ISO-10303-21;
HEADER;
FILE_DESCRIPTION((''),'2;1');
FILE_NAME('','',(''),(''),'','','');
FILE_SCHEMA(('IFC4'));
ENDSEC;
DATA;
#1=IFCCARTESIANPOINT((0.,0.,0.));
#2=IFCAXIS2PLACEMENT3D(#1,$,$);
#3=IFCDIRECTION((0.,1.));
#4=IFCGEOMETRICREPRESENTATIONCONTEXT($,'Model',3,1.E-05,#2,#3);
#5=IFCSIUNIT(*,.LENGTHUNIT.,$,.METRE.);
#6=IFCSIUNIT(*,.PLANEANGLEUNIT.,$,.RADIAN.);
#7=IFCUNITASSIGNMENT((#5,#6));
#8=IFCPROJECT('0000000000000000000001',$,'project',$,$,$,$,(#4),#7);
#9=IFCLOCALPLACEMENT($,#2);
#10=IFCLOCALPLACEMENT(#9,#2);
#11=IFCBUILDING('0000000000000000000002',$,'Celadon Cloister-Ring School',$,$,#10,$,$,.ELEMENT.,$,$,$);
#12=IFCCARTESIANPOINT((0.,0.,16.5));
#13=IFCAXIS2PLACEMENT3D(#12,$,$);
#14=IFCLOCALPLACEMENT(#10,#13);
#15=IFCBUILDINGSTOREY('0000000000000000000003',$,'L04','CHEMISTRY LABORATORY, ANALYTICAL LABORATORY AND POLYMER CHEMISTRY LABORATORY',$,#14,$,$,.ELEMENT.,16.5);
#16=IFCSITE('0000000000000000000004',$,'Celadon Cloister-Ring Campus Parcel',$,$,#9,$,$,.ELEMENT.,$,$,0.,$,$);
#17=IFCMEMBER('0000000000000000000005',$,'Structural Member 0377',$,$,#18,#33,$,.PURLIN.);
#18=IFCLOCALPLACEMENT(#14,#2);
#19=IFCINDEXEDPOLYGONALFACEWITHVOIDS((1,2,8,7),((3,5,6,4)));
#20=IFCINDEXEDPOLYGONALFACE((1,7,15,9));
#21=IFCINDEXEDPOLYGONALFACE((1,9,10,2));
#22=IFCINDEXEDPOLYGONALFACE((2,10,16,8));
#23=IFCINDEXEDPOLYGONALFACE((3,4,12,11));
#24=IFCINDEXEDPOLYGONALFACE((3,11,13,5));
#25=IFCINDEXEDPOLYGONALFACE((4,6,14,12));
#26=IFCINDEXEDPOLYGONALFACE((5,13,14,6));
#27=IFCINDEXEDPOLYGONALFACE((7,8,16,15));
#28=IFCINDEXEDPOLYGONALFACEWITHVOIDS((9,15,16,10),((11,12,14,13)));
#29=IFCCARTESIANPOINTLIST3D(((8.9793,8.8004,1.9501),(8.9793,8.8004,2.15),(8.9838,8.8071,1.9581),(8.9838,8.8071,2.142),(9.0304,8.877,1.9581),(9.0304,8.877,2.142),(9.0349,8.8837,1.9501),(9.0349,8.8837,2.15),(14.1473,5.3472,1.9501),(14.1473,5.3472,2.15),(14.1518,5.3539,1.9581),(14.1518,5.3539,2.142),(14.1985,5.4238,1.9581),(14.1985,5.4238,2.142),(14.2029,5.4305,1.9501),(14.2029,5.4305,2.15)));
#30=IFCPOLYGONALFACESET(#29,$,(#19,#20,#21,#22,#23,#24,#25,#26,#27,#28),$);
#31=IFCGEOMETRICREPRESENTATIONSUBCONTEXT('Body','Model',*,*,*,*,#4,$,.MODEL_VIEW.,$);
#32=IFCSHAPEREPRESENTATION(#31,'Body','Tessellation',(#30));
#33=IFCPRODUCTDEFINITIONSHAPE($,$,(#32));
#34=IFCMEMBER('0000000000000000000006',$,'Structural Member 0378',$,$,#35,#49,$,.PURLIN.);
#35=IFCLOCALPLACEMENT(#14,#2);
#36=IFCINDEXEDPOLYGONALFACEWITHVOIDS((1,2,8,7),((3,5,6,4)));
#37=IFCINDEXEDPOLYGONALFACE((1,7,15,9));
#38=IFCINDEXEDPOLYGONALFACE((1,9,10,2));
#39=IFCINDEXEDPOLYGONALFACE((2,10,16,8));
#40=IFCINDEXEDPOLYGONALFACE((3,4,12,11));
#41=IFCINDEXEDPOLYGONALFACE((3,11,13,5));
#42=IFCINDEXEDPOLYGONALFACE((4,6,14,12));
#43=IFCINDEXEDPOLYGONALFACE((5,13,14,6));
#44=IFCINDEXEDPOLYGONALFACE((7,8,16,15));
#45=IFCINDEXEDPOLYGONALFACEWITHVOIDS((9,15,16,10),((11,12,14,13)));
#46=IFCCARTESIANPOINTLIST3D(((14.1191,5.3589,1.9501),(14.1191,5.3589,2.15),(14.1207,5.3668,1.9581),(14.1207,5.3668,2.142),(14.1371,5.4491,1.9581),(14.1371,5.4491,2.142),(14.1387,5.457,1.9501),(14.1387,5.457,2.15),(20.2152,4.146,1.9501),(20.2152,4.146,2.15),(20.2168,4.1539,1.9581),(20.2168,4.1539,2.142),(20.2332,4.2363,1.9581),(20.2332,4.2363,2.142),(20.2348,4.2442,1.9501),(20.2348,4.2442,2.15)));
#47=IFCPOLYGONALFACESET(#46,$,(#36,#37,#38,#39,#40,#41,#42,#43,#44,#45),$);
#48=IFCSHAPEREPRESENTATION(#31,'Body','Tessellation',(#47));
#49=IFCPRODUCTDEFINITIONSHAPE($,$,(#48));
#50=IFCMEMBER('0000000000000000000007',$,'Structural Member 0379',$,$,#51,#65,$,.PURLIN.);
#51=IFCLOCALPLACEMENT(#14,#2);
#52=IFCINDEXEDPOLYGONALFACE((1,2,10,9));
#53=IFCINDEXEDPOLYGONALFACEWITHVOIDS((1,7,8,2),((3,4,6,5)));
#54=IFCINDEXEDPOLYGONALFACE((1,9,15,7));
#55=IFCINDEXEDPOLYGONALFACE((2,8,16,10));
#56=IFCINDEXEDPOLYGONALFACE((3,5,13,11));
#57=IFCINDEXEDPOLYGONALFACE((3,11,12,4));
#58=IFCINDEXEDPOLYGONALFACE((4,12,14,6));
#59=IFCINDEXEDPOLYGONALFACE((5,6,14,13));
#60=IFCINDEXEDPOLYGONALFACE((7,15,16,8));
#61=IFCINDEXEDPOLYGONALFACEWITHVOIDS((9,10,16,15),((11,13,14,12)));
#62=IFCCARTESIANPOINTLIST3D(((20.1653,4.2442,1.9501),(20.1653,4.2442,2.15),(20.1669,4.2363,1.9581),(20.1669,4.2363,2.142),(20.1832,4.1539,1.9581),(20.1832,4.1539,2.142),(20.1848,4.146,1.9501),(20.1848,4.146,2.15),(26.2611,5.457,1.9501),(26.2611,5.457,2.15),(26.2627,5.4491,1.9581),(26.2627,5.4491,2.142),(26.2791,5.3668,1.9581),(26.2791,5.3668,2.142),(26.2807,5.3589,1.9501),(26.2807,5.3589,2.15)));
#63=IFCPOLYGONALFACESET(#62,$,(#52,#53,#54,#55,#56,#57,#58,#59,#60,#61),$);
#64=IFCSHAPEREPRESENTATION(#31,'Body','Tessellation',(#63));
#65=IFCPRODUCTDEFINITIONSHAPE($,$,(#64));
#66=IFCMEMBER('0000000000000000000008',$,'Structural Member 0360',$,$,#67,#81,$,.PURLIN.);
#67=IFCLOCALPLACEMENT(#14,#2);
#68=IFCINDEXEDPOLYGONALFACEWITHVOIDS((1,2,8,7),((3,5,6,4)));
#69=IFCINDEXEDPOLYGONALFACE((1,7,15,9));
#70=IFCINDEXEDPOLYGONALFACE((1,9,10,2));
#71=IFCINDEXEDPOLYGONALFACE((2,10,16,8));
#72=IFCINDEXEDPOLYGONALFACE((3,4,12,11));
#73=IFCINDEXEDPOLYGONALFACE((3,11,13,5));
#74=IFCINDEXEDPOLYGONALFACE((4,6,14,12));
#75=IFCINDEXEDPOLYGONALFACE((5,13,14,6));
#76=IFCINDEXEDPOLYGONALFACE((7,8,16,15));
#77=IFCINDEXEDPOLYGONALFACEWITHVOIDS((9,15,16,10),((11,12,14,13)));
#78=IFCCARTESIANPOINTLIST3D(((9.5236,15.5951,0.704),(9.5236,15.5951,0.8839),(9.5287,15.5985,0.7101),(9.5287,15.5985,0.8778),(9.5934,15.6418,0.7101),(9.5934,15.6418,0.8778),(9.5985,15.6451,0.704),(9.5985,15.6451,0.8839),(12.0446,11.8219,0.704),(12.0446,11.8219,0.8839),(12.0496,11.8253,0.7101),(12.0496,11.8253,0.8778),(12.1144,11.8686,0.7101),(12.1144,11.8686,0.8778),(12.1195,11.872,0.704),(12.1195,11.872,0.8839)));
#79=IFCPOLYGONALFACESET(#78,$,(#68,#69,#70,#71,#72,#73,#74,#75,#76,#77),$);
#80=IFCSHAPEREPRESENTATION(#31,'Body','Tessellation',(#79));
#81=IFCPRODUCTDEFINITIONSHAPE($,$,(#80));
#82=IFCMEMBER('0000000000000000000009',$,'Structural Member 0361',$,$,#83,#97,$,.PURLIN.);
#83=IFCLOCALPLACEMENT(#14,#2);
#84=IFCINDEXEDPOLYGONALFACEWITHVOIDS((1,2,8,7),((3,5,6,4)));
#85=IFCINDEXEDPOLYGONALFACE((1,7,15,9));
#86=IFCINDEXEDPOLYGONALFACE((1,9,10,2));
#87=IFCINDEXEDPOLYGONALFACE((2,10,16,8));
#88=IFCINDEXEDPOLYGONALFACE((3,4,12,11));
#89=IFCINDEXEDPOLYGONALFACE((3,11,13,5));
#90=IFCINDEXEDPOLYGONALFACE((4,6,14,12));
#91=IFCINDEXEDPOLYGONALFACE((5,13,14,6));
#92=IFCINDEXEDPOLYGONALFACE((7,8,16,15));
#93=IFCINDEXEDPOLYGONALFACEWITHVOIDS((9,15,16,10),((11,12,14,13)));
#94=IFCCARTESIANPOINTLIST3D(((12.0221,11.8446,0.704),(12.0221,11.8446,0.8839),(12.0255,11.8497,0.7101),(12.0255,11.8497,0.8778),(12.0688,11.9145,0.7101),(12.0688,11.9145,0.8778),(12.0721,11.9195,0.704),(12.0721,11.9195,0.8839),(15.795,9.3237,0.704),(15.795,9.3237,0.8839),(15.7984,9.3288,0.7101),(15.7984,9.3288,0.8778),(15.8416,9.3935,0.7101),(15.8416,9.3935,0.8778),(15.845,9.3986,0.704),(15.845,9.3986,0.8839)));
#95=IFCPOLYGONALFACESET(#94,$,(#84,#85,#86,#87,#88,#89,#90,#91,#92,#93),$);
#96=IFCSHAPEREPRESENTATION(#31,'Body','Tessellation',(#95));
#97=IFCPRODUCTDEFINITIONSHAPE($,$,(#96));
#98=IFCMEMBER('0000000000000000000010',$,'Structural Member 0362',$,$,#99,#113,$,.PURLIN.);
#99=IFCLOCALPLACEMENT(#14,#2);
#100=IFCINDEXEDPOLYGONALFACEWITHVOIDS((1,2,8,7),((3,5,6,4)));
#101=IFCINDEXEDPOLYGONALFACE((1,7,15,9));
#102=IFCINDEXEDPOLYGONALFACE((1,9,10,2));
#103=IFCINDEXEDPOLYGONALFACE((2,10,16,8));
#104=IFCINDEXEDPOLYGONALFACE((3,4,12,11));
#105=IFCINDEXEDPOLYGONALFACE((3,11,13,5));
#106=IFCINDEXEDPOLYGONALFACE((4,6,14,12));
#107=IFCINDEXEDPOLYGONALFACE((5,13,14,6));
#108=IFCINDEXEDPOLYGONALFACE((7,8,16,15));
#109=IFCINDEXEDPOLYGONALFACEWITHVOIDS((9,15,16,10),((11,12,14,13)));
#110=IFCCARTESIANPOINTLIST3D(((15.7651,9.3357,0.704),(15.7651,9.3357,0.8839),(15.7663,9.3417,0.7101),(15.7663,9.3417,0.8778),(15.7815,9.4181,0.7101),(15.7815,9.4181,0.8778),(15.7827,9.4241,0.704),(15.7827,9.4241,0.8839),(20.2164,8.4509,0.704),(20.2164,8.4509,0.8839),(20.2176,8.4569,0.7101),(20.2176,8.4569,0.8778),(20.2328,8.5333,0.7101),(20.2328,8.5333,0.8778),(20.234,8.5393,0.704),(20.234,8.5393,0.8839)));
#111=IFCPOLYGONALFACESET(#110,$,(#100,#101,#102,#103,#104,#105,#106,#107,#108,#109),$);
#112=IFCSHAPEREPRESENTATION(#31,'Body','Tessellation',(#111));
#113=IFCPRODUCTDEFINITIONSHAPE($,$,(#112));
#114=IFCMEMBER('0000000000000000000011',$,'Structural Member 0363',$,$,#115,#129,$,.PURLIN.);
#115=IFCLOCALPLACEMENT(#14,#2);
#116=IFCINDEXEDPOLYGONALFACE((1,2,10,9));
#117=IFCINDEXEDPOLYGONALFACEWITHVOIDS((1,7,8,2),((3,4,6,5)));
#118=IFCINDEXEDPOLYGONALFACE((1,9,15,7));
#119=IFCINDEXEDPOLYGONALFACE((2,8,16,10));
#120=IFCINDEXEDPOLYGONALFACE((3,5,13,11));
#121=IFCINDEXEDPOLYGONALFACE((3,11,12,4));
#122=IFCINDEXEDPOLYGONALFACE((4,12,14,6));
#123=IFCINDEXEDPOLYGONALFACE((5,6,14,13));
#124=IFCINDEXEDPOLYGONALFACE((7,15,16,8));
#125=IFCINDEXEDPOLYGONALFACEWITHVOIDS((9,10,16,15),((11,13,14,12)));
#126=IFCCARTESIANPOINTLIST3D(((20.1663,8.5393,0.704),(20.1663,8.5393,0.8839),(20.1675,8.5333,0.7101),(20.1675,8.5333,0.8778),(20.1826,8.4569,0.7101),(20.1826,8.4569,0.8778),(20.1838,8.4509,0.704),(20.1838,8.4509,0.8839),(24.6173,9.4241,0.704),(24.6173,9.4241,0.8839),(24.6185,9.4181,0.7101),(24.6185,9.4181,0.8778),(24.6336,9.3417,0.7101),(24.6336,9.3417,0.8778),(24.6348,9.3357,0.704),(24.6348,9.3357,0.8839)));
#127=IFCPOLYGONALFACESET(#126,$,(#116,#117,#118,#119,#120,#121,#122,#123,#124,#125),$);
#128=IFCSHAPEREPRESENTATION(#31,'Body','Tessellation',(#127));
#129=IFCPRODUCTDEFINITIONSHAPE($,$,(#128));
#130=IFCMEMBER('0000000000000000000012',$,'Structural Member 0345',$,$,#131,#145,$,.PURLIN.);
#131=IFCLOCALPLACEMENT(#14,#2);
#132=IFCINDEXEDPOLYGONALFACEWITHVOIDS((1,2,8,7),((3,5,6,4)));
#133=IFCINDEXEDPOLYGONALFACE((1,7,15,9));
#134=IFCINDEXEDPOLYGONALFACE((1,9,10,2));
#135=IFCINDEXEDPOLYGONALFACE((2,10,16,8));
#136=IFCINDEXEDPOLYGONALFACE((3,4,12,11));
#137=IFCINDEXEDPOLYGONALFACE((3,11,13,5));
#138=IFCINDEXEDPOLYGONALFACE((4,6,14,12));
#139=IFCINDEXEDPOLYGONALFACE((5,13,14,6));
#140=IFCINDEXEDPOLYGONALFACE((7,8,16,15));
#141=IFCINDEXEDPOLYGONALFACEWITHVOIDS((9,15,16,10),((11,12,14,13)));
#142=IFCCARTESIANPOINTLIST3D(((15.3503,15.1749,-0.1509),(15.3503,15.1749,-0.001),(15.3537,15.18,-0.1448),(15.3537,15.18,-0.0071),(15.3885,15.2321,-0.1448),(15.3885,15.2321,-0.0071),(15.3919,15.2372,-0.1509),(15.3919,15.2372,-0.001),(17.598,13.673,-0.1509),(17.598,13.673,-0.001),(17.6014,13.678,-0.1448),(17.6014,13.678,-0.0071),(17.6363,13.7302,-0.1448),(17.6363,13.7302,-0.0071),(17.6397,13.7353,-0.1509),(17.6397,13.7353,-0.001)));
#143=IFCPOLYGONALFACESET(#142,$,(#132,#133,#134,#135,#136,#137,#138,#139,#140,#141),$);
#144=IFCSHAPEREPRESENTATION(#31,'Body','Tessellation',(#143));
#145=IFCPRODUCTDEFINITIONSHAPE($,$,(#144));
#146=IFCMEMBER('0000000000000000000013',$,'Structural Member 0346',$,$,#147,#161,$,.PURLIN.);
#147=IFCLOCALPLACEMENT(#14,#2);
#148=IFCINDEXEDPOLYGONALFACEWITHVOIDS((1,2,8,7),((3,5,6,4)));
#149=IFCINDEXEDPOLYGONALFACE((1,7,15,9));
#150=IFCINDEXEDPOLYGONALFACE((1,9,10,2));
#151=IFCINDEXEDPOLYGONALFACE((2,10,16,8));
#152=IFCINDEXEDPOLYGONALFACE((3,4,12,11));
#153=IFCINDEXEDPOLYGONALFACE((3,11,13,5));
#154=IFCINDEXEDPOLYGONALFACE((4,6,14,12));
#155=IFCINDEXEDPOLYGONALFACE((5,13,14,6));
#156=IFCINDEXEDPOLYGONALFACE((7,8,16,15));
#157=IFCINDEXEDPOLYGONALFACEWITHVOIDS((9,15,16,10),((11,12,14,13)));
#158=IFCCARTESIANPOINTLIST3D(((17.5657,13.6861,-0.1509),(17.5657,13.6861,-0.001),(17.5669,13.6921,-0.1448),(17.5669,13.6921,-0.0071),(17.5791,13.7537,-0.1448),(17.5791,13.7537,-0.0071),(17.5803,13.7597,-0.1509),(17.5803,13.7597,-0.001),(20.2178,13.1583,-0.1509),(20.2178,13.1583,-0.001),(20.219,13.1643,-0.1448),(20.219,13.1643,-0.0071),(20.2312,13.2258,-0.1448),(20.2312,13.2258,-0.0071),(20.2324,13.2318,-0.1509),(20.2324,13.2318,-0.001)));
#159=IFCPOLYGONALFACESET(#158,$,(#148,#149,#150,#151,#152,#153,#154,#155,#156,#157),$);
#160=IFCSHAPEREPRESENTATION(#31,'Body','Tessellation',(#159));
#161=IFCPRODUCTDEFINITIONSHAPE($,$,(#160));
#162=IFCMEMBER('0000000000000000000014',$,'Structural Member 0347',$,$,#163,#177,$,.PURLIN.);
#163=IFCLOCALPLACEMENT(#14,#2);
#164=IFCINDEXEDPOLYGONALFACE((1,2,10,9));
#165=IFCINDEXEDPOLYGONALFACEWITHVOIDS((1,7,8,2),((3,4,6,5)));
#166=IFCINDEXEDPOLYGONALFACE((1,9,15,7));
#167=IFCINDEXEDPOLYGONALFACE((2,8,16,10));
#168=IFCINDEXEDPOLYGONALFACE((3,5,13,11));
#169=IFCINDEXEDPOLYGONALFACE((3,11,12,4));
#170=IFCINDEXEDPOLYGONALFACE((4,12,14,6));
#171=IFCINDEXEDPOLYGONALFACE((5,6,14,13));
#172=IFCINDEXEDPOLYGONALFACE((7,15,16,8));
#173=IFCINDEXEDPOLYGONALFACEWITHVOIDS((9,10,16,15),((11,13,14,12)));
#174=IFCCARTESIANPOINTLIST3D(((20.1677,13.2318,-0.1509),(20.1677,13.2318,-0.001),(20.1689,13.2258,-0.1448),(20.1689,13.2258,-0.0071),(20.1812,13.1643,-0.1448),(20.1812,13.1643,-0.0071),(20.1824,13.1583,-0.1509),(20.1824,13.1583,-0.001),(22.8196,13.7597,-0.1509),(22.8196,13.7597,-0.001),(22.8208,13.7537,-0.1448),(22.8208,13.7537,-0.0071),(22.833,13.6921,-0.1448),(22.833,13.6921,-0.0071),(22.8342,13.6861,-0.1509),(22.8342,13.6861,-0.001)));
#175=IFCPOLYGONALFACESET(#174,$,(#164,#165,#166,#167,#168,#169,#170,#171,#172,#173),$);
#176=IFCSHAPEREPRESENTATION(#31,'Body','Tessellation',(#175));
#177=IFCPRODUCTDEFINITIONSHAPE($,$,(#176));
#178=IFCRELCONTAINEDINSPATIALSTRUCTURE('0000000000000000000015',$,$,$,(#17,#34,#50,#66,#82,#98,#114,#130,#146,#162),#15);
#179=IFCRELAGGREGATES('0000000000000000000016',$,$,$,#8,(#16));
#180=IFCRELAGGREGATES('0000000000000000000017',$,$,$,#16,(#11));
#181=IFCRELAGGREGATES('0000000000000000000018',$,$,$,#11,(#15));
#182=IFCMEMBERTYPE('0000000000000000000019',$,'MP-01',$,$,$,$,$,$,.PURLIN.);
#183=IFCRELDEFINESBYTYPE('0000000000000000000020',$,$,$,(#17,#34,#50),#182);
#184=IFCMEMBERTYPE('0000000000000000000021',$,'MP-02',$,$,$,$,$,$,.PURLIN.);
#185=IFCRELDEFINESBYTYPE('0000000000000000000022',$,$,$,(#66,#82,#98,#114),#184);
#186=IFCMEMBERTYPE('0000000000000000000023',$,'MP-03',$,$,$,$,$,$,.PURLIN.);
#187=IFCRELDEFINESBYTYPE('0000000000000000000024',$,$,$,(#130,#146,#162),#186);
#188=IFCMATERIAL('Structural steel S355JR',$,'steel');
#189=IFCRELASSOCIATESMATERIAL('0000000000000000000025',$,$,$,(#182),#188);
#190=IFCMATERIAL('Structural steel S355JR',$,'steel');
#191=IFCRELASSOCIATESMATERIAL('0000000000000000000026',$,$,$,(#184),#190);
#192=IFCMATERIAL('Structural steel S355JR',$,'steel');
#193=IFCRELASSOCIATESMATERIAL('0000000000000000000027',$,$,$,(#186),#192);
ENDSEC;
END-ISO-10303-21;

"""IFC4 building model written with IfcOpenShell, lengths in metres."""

from ifc_helpers import new_model, si_unit, direction, frame, origin, origin_2d, place, context, subcontext, project, spatial, hollow_rectangle, extrude, material, material_profile, profile_set, type_object, element, save


model = new_model("IFC4")

# Units and contexts
model_context = context("Model", 3, precision=1e-05, world=origin(), true_north=direction((0.0, 1.0)))
body_context = subcontext(model_context, "Body", "Model", "MODEL_VIEW")
ifc_project = project(units=[si_unit("LENGTHUNIT", "METRE"), si_unit("PLANEANGLEUNIT", "RADIAN")], contexts=[model_context])

# Site, building, storey
site_placement = place(None, origin())
site = spatial("IfcSite", under=ifc_project, at=site_placement, Name="Celadon Cloister-Ring Campus Parcel", CompositionType="ELEMENT", RefElevation=0.0)
building_placement = place(site_placement, origin())
building = spatial("IfcBuilding", under=site, at=building_placement, Name="Celadon Cloister-Ring School", CompositionType="ELEMENT")
storey_placement = place(building_placement, frame((0.0, 0.0, 16.5)))
storey = spatial("IfcBuildingStorey", under=building, at=storey_placement, Name="L04", Description="CHEMISTRY LABORATORY, ANALYTICAL LABORATORY AND POLYMER CHEMISTRY LABORATORY", CompositionType="ELEMENT", Elevation=16.5)

# Members
ifc_material_1 = material(Name="Structural steel S355JR", Category="steel")
ifc_material_profile_1 = material_profile(ifc_material_1, hollow_rectangle(XDim=0.1001, YDim=0.2, WallThickness=0.0081, at=origin_2d()), Name="HSS200X100X8")
ifc_profile_set_1 = profile_set([ifc_material_profile_1], Name="Structural steel S355JR")
member_type_1 = type_object("IfcMemberType", Name="MP-01", PredefinedType="PURLIN", material=ifc_profile_set_1)
for number, where, z_axis, x_axis, name in (
    (1, (9.0071, 8.842, 2.05), (0.83147, -0.55557, 0.0), (0.55557, 0.83147, 0.0), "Structural Member 0377"),
    (2, (14.1289, 5.408, 2.05), (0.980777, -0.195134, 0.0), (0.195134, 0.980777, 0.0), "Structural Member 0378"),
):
    element("IfcMember", number, at=place(storey_placement, frame(where, z_axis=z_axis, x_axis=x_axis)), inside=storey, type_object=member_type_1, Name=name, PredefinedType="PURLIN", context=body_context, shape_type="SweptSolid", body=[
        extrude(hollow_rectangle(XDim=0.1001, YDim=0.2, WallThickness=0.0081, at=origin_2d()), origin(), (0.0, 0.0, 1.0), 6.2156),
    ])
member_1_placement = place(storey_placement, frame((20.175, 4.1951, 2.05), z_axis=(0.980775, 0.195142, 0.0), x_axis=(-0.195142, 0.980775, 0.0)))
element("IfcMember", 3, at=member_1_placement, inside=storey, type_object=member_type_1, Name="Structural Member 0379", PredefinedType="PURLIN", context=body_context, shape_type="SweptSolid", body=[
    extrude(hollow_rectangle(XDim=0.1001, YDim=0.2, WallThickness=0.0081, at=origin_2d()), origin(), (0.0, 0.0, 1.0), 6.2153),
])
ifc_material_2 = material(Name="Structural steel S355JR", Category="steel")
ifc_material_profile_2 = material_profile(ifc_material_2, hollow_rectangle(XDim=0.0901, YDim=0.1799, WallThickness=0.0061, at=origin_2d()), Name="HSS180X90X6")
ifc_profile_set_2 = profile_set([ifc_material_profile_2], Name="Structural steel S355JR")
member_type_2 = type_object("IfcMemberType", Name="MP-02", PredefinedType="PURLIN", material=ifc_profile_set_2)
member_2_placement = place(storey_placement, frame((9.561, 15.6201, 0.7939), z_axis=(0.555544, -0.831487, 0.0), x_axis=(0.831487, 0.555544, 0.0)))
element("IfcMember", 4, at=member_2_placement, inside=storey, type_object=member_type_2, Name="Structural Member 0360", PredefinedType="PURLIN", context=body_context, shape_type="SweptSolid", body=[
    extrude(hollow_rectangle(XDim=0.0901, YDim=0.1799, WallThickness=0.0061, at=origin_2d()), origin(), (0.0, 0.0, 1.0), 4.5378),
])
member_3_placement = place(storey_placement, frame((12.0471, 11.8821, 0.7939), z_axis=(0.83147, -0.555569, 0.0), x_axis=(0.555569, 0.83147, 0.0)))
element("IfcMember", 5, at=member_3_placement, inside=storey, type_object=member_type_2, Name="Structural Member 0361", PredefinedType="PURLIN", context=body_context, shape_type="SweptSolid", body=[
    extrude(hollow_rectangle(XDim=0.0901, YDim=0.1799, WallThickness=0.0061, at=origin_2d()), origin(), (0.0, 0.0, 1.0), 4.5376),
])
member_4_placement = place(storey_placement, frame((15.7739, 9.3799, 0.7939), z_axis=(0.980812, -0.194957, 0.0), x_axis=(0.194957, 0.980812, 0.0)))
element("IfcMember", 6, at=member_4_placement, inside=storey, type_object=member_type_2, Name="Structural Member 0362", PredefinedType="PURLIN", context=body_context, shape_type="SweptSolid", body=[
    extrude(hollow_rectangle(XDim=0.0901, YDim=0.1799, WallThickness=0.0061, at=origin_2d()), origin(), (0.0, 0.0, 1.0), 4.5383),
])
member_5_placement = place(storey_placement, frame((20.175, 8.4951, 0.7939), z_axis=(0.98081, 0.194968, 0.0), x_axis=(-0.194968, 0.98081, 0.0)))
element("IfcMember", 7, at=member_5_placement, inside=storey, type_object=member_type_2, Name="Structural Member 0363", PredefinedType="PURLIN", context=body_context, shape_type="SweptSolid", body=[
    extrude(hollow_rectangle(XDim=0.0901, YDim=0.1799, WallThickness=0.0061, at=origin_2d()), origin(), (0.0, 0.0, 1.0), 4.5381),
])
ifc_material_3 = material(Name="Structural steel S355JR", Category="steel")
ifc_material_profile_3 = material_profile(ifc_material_3, hollow_rectangle(XDim=0.075, YDim=0.1499, WallThickness=0.0061, at=origin_2d()), Name="HSS150X75X6")
ifc_profile_set_3 = profile_set([ifc_material_profile_3], Name="Structural steel S355JR")
member_type_3 = type_object("IfcMemberType", Name="MP-03", PredefinedType="PURLIN", material=ifc_profile_set_3)
member_6_placement = place(storey_placement, frame((15.3711, 15.2061, -0.0759), z_axis=(0.831466, -0.555575, 0.0), x_axis=(0.555575, 0.831466, 0.0)))
element("IfcMember", 8, at=member_6_placement, inside=storey, type_object=member_type_3, Name="Structural Member 0345", PredefinedType="PURLIN", context=body_context, shape_type="SweptSolid", body=[
    extrude(hollow_rectangle(XDim=0.075, YDim=0.1499, WallThickness=0.0061, at=origin_2d()), origin(), (0.0, 0.0, 1.0), 2.7034),
])
member_7_placement = place(storey_placement, frame((17.573, 13.7229, -0.0759), z_axis=(0.980764, -0.195196, 0.0), x_axis=(0.195196, 0.980764, 0.0)))
element("IfcMember", 9, at=member_7_placement, inside=storey, type_object=member_type_3, Name="Structural Member 0346", PredefinedType="PURLIN", context=body_context, shape_type="SweptSolid", body=[
    extrude(hollow_rectangle(XDim=0.075, YDim=0.1499, WallThickness=0.0061, at=origin_2d()), origin(), (0.0, 0.0, 1.0), 2.7041),
])
member_8_placement = place(storey_placement, frame((20.175, 13.1951, -0.0759), z_axis=(0.980761, 0.195213, 0.0), x_axis=(-0.195213, 0.980761, 0.0)))
element("IfcMember", 10, at=member_8_placement, inside=storey, type_object=member_type_3, Name="Structural Member 0347", PredefinedType="PURLIN", context=body_context, shape_type="SweptSolid", body=[
    extrude(hollow_rectangle(XDim=0.075, YDim=0.1499, WallThickness=0.0061, at=origin_2d()), origin(), (0.0, 0.0, 1.0), 2.7039),
])

save(model, "model.ifc")
